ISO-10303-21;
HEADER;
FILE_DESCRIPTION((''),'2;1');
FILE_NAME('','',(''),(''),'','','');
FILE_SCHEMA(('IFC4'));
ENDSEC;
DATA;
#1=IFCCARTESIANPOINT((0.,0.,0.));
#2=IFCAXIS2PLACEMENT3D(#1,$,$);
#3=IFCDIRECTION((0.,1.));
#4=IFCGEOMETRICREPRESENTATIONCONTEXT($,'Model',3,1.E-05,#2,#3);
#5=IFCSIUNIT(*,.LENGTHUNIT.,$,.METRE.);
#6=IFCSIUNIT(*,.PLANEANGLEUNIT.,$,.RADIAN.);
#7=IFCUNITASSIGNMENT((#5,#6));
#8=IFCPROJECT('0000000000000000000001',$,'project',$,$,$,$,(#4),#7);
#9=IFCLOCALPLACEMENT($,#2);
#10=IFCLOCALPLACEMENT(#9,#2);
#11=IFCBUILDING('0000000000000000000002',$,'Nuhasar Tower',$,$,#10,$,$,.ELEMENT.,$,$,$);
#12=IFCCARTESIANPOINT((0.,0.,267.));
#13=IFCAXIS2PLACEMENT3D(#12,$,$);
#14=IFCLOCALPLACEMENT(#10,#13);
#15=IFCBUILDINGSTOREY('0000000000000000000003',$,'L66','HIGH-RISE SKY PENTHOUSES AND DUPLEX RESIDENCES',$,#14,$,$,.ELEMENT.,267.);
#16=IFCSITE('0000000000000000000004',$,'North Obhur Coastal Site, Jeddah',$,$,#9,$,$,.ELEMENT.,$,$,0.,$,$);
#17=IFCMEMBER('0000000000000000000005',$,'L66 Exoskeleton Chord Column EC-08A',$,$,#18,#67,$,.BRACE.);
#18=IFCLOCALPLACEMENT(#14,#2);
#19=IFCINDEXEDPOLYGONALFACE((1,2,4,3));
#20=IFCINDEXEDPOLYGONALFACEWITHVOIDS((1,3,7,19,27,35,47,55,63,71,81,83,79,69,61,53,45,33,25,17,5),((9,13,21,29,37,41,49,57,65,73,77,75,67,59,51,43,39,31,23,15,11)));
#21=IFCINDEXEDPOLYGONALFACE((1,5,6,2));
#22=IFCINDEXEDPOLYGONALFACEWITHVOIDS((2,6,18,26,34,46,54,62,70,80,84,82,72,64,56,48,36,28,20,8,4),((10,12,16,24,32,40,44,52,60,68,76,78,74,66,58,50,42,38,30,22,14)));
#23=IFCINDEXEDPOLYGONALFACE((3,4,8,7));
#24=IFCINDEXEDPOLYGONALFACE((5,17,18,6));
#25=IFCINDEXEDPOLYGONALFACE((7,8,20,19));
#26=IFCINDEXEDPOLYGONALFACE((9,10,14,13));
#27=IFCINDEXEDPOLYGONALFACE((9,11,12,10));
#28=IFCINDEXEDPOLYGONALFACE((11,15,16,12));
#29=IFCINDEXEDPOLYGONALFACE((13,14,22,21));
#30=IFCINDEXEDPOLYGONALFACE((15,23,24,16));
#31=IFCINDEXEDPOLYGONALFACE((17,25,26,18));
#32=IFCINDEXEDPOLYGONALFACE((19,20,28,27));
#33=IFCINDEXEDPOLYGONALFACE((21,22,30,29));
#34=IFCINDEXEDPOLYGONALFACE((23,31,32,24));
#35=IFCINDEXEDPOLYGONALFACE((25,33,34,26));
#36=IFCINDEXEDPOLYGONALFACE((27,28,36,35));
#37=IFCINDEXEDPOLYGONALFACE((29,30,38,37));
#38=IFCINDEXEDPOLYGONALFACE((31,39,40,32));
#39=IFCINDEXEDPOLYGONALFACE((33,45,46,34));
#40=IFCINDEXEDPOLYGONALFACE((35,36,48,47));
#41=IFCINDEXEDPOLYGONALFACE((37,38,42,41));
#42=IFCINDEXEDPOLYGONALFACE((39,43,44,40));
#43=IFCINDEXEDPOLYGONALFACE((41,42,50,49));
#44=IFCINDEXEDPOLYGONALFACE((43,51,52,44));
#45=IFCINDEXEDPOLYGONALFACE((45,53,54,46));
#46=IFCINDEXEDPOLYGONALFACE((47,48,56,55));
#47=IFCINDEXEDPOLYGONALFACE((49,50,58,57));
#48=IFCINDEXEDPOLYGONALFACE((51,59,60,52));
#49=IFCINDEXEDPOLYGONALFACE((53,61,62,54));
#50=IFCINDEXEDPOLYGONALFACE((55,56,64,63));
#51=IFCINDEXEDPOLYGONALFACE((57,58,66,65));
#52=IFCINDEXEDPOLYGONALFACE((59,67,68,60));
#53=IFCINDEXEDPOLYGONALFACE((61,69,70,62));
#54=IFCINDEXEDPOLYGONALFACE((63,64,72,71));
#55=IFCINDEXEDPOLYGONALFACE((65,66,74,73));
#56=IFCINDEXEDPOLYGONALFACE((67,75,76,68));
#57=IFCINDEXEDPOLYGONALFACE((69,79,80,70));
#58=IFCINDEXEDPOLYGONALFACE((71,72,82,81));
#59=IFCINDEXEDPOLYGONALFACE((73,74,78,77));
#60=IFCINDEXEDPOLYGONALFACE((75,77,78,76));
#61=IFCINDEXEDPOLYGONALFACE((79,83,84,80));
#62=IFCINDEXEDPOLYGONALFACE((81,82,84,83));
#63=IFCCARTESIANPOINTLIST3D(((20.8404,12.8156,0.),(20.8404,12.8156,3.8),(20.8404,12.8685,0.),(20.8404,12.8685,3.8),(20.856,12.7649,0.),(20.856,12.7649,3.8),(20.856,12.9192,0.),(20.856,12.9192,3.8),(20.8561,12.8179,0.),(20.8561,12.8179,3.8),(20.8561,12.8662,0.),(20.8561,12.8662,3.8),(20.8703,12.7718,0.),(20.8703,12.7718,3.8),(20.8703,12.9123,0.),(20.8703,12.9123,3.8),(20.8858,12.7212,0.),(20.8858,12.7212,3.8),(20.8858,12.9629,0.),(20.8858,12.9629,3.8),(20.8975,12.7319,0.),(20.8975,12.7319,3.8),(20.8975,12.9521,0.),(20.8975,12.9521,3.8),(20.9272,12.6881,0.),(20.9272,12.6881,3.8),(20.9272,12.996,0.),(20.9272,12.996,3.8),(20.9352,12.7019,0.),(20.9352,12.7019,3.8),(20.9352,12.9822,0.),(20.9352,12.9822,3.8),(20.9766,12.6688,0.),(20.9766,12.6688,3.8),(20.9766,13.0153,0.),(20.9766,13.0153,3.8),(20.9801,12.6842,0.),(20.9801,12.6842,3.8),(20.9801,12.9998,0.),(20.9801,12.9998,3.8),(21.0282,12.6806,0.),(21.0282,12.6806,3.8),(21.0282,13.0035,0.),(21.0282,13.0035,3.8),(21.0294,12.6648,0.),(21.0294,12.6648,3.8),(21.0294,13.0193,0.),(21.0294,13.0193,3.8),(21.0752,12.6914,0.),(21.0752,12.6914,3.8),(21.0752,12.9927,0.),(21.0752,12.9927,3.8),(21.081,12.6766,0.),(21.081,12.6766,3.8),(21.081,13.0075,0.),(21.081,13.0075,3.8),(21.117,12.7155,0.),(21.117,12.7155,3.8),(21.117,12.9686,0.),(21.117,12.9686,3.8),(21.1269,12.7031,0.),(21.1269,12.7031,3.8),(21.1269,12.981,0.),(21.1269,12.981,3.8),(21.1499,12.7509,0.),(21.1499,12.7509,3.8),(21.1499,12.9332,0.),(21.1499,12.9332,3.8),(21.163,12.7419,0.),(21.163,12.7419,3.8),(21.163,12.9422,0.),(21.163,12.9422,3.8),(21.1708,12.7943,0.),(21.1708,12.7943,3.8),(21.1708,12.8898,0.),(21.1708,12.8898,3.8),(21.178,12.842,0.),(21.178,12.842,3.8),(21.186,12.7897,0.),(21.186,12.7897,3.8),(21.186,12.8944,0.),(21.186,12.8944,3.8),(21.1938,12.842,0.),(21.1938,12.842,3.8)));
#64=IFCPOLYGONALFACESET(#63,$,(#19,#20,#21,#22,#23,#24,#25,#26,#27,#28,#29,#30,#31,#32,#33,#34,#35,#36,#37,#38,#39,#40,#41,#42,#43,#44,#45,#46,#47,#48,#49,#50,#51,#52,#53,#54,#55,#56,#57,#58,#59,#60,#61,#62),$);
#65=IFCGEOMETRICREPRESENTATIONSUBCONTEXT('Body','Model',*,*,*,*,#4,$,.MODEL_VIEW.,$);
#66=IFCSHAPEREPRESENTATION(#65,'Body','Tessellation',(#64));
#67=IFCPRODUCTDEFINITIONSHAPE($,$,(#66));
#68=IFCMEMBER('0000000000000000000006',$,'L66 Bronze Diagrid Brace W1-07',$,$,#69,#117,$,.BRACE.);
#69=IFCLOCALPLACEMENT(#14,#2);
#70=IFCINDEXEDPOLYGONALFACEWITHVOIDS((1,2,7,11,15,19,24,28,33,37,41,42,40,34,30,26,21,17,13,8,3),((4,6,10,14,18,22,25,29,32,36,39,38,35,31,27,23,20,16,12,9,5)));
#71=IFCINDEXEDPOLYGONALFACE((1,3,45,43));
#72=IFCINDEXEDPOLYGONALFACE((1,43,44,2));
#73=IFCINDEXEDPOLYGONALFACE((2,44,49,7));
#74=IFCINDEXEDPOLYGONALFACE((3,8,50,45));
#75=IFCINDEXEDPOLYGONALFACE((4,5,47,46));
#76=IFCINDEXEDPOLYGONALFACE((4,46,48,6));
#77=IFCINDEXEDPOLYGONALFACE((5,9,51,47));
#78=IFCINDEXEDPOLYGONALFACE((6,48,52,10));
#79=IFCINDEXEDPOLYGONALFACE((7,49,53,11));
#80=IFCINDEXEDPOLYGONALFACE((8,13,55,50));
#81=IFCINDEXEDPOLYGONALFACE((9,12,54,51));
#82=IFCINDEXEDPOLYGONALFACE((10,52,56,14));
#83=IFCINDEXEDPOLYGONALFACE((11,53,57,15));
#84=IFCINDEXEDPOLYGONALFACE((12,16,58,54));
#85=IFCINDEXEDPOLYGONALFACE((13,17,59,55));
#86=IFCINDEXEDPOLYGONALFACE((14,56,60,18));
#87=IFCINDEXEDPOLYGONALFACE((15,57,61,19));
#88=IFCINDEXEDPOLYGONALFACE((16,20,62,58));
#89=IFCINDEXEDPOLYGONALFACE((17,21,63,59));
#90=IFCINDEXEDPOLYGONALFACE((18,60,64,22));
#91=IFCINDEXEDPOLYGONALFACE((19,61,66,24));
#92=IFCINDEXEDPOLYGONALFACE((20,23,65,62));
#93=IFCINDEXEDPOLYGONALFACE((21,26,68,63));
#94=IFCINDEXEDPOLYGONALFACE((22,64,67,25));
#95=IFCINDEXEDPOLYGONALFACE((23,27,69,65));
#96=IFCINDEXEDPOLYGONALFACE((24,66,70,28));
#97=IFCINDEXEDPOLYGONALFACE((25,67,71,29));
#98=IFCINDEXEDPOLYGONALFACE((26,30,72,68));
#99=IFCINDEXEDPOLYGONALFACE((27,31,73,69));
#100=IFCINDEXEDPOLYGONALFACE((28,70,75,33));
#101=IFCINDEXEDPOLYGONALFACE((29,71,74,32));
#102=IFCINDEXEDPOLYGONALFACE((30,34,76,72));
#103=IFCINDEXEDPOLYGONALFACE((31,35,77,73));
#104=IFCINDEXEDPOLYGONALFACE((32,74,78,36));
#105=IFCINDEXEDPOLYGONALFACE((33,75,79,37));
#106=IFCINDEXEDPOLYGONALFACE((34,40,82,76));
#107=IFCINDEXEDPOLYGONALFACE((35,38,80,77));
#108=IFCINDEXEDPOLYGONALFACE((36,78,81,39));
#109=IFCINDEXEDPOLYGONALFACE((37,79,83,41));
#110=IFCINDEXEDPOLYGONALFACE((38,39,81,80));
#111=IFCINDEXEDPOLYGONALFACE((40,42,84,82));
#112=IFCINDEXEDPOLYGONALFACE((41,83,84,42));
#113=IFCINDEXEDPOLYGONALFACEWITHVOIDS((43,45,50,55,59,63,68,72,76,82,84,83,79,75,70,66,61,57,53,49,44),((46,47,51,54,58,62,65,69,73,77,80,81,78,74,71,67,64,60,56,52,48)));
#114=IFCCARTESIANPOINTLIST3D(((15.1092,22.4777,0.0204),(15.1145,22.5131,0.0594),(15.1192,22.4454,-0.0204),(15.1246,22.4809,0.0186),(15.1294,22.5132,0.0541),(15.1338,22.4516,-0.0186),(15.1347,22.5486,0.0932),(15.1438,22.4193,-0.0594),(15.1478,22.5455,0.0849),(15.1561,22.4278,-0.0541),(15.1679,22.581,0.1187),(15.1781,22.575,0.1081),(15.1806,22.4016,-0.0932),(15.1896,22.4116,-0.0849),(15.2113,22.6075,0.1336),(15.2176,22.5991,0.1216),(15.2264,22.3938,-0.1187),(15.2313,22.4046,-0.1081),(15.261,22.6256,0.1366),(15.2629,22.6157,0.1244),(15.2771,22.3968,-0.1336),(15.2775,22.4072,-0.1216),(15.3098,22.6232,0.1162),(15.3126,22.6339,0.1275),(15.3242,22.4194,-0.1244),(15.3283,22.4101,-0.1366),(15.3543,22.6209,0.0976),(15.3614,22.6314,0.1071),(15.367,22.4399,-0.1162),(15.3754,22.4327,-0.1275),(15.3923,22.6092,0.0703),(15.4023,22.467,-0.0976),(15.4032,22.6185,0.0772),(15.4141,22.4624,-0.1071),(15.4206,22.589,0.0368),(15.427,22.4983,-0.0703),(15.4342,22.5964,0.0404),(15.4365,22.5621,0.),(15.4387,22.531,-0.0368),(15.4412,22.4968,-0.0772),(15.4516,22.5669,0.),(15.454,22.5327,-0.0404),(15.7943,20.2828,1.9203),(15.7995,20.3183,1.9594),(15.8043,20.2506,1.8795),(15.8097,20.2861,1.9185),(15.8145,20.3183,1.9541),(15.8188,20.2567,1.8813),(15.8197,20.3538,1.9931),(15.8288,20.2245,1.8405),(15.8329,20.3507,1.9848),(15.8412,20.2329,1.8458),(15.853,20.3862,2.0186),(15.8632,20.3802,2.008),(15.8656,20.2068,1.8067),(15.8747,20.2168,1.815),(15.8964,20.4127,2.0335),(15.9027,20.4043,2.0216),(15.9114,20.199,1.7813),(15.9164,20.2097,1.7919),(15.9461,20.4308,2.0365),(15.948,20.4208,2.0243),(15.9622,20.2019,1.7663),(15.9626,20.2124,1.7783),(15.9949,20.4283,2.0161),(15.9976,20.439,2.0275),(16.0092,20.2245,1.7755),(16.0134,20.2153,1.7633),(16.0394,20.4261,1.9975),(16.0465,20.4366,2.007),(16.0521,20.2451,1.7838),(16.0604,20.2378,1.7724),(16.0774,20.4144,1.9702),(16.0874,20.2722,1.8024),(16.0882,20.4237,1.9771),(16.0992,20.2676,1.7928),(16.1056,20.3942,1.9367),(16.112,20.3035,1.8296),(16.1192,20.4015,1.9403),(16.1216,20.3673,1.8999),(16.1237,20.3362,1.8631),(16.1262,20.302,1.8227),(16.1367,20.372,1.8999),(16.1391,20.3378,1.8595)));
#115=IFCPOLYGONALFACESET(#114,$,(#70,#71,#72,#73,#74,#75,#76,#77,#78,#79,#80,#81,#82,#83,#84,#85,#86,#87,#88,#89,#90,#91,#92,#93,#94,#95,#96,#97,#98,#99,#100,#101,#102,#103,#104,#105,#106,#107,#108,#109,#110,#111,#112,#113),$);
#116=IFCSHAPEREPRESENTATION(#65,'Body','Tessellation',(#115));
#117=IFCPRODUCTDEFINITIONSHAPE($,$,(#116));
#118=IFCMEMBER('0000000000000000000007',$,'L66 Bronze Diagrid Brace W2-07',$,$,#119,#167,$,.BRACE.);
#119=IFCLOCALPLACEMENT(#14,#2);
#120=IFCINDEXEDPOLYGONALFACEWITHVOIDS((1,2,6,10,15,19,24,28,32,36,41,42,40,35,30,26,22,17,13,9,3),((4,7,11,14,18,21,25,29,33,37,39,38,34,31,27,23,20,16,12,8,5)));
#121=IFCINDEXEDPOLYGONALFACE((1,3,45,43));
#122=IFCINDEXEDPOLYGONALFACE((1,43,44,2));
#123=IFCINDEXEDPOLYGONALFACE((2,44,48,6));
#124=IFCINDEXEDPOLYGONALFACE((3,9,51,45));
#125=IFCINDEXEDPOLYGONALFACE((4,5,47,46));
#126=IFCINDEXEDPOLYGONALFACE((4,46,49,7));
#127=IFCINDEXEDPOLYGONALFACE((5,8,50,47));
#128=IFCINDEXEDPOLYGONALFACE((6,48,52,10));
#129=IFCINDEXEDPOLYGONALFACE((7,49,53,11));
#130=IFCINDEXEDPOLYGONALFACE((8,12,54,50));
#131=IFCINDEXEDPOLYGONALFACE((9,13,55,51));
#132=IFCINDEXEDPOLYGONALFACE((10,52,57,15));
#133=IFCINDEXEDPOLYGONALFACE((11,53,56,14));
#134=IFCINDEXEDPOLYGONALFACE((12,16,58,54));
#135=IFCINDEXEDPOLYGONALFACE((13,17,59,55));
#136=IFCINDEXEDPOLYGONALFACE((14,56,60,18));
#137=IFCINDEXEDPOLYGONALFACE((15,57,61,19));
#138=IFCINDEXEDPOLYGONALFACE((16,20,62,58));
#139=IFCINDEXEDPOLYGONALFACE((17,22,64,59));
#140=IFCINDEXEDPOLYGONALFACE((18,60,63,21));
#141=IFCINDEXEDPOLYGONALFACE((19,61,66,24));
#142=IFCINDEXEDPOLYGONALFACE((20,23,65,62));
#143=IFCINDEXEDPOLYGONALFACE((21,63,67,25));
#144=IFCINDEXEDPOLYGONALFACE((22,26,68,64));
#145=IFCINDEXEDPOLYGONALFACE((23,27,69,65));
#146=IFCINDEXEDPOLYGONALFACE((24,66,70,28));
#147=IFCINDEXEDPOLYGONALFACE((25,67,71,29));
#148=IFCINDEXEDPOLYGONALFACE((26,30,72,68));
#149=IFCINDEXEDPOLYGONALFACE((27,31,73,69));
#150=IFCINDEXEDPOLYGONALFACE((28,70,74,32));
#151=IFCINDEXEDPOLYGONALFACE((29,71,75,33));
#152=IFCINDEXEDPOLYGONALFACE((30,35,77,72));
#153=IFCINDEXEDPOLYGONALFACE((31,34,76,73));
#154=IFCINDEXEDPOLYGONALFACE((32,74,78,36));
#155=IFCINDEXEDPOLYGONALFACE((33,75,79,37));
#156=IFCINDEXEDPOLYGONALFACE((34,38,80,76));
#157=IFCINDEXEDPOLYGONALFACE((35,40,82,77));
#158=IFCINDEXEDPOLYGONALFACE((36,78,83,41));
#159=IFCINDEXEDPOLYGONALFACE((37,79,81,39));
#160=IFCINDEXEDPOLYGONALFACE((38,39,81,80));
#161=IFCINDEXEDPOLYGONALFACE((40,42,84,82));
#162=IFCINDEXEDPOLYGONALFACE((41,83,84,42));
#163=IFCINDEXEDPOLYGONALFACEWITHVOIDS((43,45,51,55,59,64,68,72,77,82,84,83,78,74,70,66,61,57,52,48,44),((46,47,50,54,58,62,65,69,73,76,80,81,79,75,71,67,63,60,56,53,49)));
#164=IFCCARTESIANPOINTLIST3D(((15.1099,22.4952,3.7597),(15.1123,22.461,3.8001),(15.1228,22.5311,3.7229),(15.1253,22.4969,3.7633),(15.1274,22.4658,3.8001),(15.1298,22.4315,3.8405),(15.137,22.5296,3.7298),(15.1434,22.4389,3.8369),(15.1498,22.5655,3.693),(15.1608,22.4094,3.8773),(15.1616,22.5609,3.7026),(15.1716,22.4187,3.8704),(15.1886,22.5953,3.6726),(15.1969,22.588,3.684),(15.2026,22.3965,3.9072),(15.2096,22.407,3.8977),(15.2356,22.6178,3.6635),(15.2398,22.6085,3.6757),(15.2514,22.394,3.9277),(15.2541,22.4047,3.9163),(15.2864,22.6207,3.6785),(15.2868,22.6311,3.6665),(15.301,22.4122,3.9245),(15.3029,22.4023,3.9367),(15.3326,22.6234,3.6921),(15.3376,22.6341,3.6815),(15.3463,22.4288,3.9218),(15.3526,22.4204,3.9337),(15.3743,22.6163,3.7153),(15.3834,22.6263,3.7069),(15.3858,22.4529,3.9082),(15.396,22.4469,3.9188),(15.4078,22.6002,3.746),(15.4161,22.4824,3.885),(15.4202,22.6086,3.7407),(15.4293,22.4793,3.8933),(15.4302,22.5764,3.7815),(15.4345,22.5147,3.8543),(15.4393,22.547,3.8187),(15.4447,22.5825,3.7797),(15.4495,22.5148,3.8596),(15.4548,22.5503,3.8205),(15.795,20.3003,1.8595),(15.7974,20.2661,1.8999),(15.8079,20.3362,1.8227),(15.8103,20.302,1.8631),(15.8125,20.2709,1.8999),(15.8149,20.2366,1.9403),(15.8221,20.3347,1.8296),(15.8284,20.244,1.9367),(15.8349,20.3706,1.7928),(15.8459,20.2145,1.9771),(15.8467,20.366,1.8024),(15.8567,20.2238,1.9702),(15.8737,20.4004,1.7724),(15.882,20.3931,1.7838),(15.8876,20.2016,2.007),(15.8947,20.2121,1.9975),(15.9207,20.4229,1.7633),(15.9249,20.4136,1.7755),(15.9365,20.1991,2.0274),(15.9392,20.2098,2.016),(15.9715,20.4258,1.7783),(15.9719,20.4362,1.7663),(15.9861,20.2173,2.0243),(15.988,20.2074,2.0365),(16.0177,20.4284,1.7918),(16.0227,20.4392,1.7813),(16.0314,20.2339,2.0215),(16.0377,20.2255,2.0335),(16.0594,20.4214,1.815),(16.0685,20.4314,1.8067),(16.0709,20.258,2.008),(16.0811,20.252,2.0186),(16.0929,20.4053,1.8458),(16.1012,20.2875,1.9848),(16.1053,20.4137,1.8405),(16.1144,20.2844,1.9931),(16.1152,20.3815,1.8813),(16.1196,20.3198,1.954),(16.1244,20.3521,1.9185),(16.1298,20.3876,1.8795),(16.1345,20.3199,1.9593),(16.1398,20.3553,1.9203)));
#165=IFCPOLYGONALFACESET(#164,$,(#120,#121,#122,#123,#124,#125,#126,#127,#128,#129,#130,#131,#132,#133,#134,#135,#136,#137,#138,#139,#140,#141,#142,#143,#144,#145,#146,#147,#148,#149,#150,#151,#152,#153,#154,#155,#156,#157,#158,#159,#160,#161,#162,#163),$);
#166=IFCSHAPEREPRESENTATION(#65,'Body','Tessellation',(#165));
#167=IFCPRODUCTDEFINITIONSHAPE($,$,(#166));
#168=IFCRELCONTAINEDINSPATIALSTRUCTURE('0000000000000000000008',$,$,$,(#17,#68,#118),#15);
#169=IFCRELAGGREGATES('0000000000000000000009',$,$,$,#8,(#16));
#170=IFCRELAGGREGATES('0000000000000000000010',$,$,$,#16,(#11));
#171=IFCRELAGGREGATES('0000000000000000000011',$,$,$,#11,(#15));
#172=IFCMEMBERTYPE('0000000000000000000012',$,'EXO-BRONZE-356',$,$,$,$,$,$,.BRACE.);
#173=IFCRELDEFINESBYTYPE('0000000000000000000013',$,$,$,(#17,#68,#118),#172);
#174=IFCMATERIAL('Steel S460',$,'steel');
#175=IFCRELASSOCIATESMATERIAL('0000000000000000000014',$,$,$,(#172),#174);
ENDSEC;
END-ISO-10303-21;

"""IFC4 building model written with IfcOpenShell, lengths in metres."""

from ifc_helpers import new_model, si_unit, direction, frame, origin, origin_2d, place, context, subcontext, project, spatial, hollow_circle, extrude, material, material_profile, profile_set, type_object, element, save


model = new_model("IFC4")

# Units and contexts
model_context = context("Model", 3, precision=1e-05, world=origin(), true_north=direction((0.0, 1.0)))
body_context = subcontext(model_context, "Body", "Model", "MODEL_VIEW")
ifc_project = project(units=[si_unit("LENGTHUNIT", "METRE"), si_unit("PLANEANGLEUNIT", "RADIAN")], contexts=[model_context])

# Site, building, storey
site_placement = place(None, origin())
site = spatial("IfcSite", under=ifc_project, at=site_placement, Name="North Obhur Coastal Site, Jeddah", CompositionType="ELEMENT", RefElevation=0.0)
building_placement = place(site_placement, origin())
building = spatial("IfcBuilding", under=site, at=building_placement, Name="Nuhasar Tower", CompositionType="ELEMENT")
storey_placement = place(building_placement, frame((0.0, 0.0, 267.0)))
storey = spatial("IfcBuildingStorey", under=building, at=storey_placement, Name="L66", Description="HIGH-RISE SKY PENTHOUSES AND DUPLEX RESIDENCES", CompositionType="ELEMENT", Elevation=267.0)

# Members
ifc_material_1 = material(Name="Steel S460", Category="steel")
ifc_material_profile_1 = material_profile(ifc_material_1, hollow_circle(Radius=0.1777, WallThickness=0.0159, at=origin_2d()), Name="HSS355.6X15.9")
ifc_profile_set_1 = profile_set([ifc_material_profile_1], Name="Steel S460")
member_type_1 = type_object("IfcMemberType", Name="EXO-BRONZE-356", PredefinedType="BRACE", material=ifc_profile_set_1)
for number, where, z_axis, x_axis, name in (
    (1, (21.0161, 12.842, 0.0), (0.0, 0.0, 1.0), (1.0, 0.0, 0.0), "L66 Exoskeleton Chord Column EC-08A"),
):
    element("IfcMember", number, at=place(storey_placement, frame(where, z_axis=z_axis, x_axis=x_axis)), inside=storey, type_object=member_type_1, Name=name, PredefinedType="BRACE", context=body_context, shape_type="SweptSolid", body=[
        extrude(hollow_circle(Radius=0.1777, WallThickness=0.0159, at=origin_2d()), origin(), (0.0, 0.0, 1.0), 3.8),
    ])
member_1_placement = place(storey_placement, frame((15.282, 22.5139, 0.0), z_axis=(0.229681, -0.735864, 0.636985), x_axis=(0.954582, 0.297948, 0.0)))
element("IfcMember", 2, at=member_1_placement, inside=storey, type_object=member_type_1, Name="L66 Bronze Diagrid Brace W1-07", PredefinedType="BRACE", context=body_context, shape_type="SweptSolid", body=[
    extrude(hollow_circle(Radius=0.1777, WallThickness=0.0159, at=origin_2d()), origin(), (0.0, 0.0, 1.0), 2.9827),
])
for number, where, z_axis, x_axis, name in (
    (3, (15.967, 20.3191, 1.8999), (-0.229669, 0.735826, 0.637034), (-0.954582, -0.297948, 0.0), "L66 Bronze Diagrid Brace W2-07"),
):
    element("IfcMember", number, at=place(storey_placement, frame(where, z_axis=z_axis, x_axis=x_axis)), inside=storey, type_object=member_type_1, Name=name, PredefinedType="BRACE", context=body_context, shape_type="SweptSolid", body=[
        extrude(hollow_circle(Radius=0.1777, WallThickness=0.0159, at=origin_2d()), origin(), (0.0, 0.0, 1.0), 2.9829),
    ])

save(model, "model.ifc")
